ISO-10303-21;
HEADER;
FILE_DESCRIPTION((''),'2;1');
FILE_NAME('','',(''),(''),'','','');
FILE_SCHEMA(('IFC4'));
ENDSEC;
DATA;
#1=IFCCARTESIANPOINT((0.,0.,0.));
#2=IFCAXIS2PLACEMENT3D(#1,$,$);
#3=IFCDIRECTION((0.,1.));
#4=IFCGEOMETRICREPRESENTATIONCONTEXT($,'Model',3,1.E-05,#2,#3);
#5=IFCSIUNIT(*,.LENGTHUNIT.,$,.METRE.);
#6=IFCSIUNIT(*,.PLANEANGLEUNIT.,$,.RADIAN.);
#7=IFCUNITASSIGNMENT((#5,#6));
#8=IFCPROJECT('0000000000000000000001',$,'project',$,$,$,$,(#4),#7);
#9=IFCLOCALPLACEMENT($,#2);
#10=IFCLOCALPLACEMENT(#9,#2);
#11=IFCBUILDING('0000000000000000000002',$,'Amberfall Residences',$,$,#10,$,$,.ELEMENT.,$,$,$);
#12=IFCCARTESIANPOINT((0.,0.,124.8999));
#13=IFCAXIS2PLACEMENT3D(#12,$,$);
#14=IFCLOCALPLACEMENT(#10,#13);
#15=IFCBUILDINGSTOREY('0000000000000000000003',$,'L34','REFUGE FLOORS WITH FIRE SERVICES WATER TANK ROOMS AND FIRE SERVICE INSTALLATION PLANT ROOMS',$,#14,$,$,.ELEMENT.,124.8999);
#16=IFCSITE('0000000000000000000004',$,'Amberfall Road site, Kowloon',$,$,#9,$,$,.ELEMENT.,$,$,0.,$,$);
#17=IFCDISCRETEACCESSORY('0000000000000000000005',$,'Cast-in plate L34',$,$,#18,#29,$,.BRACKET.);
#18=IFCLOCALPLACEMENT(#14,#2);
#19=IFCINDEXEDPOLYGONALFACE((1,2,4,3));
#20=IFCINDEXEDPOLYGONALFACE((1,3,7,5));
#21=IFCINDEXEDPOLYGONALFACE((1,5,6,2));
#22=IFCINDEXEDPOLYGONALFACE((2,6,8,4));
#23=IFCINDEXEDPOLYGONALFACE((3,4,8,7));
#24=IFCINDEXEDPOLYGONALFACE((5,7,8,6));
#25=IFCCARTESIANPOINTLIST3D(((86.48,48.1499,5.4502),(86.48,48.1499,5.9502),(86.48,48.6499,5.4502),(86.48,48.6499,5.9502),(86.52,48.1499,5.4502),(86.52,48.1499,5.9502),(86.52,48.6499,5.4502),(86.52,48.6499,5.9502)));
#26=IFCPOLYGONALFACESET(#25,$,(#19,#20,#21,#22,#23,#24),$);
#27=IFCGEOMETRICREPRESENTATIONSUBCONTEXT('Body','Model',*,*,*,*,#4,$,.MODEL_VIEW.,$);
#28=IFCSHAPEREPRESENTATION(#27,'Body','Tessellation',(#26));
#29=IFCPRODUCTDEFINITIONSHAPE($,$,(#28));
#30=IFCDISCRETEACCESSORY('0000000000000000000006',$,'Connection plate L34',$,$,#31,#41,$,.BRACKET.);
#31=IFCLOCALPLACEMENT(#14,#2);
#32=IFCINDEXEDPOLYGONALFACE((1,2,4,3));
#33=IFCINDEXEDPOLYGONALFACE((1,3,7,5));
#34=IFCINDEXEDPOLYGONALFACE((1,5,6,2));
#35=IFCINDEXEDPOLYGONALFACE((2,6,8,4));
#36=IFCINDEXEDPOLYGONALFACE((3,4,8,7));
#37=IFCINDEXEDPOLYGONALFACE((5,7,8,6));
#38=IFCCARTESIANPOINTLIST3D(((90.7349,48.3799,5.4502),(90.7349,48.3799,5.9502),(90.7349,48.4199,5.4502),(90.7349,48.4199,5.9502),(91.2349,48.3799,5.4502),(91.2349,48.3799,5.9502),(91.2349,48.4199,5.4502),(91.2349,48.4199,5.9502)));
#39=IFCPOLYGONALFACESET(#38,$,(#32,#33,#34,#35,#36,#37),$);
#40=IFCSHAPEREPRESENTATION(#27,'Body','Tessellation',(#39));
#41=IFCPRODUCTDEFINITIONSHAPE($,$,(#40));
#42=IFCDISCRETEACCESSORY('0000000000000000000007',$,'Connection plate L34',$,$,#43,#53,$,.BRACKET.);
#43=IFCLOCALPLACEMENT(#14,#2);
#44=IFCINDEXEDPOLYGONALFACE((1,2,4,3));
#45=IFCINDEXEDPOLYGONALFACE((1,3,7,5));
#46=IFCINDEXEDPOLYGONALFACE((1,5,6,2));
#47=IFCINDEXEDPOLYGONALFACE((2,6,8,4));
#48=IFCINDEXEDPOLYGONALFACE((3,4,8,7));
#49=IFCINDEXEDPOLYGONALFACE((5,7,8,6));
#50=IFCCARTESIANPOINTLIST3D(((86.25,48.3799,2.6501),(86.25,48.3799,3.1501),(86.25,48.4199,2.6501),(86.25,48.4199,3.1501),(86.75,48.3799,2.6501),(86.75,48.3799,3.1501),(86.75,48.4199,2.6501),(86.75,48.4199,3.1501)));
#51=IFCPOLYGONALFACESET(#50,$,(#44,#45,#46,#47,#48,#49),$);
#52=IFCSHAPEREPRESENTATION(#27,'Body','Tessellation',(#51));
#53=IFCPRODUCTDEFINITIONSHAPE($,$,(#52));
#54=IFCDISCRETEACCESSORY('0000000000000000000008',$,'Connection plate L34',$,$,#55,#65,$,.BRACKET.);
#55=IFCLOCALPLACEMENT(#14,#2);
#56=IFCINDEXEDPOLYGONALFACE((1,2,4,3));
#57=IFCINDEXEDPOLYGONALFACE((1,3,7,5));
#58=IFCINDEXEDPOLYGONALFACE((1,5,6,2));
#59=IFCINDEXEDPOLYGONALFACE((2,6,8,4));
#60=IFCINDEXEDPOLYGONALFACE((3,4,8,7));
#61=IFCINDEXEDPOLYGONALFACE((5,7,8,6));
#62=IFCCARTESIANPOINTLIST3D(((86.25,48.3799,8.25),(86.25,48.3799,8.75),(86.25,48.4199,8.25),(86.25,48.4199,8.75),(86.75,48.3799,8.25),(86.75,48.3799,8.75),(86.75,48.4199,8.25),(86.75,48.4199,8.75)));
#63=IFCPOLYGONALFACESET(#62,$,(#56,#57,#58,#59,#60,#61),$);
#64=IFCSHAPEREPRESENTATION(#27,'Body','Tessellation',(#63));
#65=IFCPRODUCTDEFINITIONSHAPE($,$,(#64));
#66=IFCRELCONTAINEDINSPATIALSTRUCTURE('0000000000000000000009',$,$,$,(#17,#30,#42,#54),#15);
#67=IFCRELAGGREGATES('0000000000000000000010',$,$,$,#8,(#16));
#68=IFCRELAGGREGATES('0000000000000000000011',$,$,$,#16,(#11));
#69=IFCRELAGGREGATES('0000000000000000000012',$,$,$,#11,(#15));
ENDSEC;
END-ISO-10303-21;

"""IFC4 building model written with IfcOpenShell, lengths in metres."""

from ifc_helpers import new_model, si_unit, direction, frame, origin, origin_2d, place, context, subcontext, project, spatial, rectangle, extrude, element, save


model = new_model("IFC4")

# Units and contexts
model_context = context("Model", 3, precision=1e-05, world=origin(), true_north=direction((0.0, 1.0)))
body_context = subcontext(model_context, "Body", "Model", "MODEL_VIEW")
ifc_project = project(units=[si_unit("LENGTHUNIT", "METRE"), si_unit("PLANEANGLEUNIT", "RADIAN")], contexts=[model_context])

# Site, building, storey
site_placement = place(None, origin())
site = spatial("IfcSite", under=ifc_project, at=site_placement, Name="Amberfall Road site, Kowloon", CompositionType="ELEMENT", RefElevation=0.0)
building_placement = place(site_placement, origin())
building = spatial("IfcBuilding", under=site, at=building_placement, Name="Amberfall Residences", CompositionType="ELEMENT")
storey_placement = place(building_placement, frame((0.0, 0.0, 124.8999)))
storey = spatial("IfcBuildingStorey", under=building, at=storey_placement, Name="L34", Description="REFUGE FLOORS WITH FIRE SERVICES WATER TANK ROOMS AND FIRE SERVICE INSTALLATION PLANT ROOMS", CompositionType="ELEMENT", Elevation=124.8999)

# Discrete accessories
discrete_accessory_1_placement = place(storey_placement, frame((86.5, 48.3999, 5.4502), z_axis=(0.0, 0.0, 1.0), x_axis=(1.0, 0.0, 0.0)))
element("IfcDiscreteAccessory", 1, at=discrete_accessory_1_placement, inside=storey, Name="Cast-in plate L34", PredefinedType="BRACKET", context=body_context, shape_type="SweptSolid", body=[
    extrude(rectangle(XDim=0.04, YDim=0.5, at=origin_2d()), origin(), (0.0, 0.0, 1.0), 0.5),
])
for number, where, z_axis, x_axis, name in (
    (2, (90.9849, 48.3999, 5.4502), (0.0, 0.0, 1.0), (1.0, 0.0, 0.0), "Connection plate L34"),
    (3, (86.5, 48.3999, 2.6501), (0.0, 0.0, 1.0), (1.0, 0.0, 0.0), "Connection plate L34"),
    (4, (86.5, 48.3999, 8.25), (0.0, 0.0, 1.0), (1.0, 0.0, 0.0), "Connection plate L34"),
):
    element("IfcDiscreteAccessory", number, at=place(storey_placement, frame(where, z_axis=z_axis, x_axis=x_axis)), inside=storey, Name=name, PredefinedType="BRACKET", context=body_context, shape_type="SweptSolid", body=[
        extrude(rectangle(XDim=0.5, YDim=0.04, at=origin_2d()), origin(), (0.0, 0.0, 1.0), 0.5),
    ])

save(model, "model.ifc")
